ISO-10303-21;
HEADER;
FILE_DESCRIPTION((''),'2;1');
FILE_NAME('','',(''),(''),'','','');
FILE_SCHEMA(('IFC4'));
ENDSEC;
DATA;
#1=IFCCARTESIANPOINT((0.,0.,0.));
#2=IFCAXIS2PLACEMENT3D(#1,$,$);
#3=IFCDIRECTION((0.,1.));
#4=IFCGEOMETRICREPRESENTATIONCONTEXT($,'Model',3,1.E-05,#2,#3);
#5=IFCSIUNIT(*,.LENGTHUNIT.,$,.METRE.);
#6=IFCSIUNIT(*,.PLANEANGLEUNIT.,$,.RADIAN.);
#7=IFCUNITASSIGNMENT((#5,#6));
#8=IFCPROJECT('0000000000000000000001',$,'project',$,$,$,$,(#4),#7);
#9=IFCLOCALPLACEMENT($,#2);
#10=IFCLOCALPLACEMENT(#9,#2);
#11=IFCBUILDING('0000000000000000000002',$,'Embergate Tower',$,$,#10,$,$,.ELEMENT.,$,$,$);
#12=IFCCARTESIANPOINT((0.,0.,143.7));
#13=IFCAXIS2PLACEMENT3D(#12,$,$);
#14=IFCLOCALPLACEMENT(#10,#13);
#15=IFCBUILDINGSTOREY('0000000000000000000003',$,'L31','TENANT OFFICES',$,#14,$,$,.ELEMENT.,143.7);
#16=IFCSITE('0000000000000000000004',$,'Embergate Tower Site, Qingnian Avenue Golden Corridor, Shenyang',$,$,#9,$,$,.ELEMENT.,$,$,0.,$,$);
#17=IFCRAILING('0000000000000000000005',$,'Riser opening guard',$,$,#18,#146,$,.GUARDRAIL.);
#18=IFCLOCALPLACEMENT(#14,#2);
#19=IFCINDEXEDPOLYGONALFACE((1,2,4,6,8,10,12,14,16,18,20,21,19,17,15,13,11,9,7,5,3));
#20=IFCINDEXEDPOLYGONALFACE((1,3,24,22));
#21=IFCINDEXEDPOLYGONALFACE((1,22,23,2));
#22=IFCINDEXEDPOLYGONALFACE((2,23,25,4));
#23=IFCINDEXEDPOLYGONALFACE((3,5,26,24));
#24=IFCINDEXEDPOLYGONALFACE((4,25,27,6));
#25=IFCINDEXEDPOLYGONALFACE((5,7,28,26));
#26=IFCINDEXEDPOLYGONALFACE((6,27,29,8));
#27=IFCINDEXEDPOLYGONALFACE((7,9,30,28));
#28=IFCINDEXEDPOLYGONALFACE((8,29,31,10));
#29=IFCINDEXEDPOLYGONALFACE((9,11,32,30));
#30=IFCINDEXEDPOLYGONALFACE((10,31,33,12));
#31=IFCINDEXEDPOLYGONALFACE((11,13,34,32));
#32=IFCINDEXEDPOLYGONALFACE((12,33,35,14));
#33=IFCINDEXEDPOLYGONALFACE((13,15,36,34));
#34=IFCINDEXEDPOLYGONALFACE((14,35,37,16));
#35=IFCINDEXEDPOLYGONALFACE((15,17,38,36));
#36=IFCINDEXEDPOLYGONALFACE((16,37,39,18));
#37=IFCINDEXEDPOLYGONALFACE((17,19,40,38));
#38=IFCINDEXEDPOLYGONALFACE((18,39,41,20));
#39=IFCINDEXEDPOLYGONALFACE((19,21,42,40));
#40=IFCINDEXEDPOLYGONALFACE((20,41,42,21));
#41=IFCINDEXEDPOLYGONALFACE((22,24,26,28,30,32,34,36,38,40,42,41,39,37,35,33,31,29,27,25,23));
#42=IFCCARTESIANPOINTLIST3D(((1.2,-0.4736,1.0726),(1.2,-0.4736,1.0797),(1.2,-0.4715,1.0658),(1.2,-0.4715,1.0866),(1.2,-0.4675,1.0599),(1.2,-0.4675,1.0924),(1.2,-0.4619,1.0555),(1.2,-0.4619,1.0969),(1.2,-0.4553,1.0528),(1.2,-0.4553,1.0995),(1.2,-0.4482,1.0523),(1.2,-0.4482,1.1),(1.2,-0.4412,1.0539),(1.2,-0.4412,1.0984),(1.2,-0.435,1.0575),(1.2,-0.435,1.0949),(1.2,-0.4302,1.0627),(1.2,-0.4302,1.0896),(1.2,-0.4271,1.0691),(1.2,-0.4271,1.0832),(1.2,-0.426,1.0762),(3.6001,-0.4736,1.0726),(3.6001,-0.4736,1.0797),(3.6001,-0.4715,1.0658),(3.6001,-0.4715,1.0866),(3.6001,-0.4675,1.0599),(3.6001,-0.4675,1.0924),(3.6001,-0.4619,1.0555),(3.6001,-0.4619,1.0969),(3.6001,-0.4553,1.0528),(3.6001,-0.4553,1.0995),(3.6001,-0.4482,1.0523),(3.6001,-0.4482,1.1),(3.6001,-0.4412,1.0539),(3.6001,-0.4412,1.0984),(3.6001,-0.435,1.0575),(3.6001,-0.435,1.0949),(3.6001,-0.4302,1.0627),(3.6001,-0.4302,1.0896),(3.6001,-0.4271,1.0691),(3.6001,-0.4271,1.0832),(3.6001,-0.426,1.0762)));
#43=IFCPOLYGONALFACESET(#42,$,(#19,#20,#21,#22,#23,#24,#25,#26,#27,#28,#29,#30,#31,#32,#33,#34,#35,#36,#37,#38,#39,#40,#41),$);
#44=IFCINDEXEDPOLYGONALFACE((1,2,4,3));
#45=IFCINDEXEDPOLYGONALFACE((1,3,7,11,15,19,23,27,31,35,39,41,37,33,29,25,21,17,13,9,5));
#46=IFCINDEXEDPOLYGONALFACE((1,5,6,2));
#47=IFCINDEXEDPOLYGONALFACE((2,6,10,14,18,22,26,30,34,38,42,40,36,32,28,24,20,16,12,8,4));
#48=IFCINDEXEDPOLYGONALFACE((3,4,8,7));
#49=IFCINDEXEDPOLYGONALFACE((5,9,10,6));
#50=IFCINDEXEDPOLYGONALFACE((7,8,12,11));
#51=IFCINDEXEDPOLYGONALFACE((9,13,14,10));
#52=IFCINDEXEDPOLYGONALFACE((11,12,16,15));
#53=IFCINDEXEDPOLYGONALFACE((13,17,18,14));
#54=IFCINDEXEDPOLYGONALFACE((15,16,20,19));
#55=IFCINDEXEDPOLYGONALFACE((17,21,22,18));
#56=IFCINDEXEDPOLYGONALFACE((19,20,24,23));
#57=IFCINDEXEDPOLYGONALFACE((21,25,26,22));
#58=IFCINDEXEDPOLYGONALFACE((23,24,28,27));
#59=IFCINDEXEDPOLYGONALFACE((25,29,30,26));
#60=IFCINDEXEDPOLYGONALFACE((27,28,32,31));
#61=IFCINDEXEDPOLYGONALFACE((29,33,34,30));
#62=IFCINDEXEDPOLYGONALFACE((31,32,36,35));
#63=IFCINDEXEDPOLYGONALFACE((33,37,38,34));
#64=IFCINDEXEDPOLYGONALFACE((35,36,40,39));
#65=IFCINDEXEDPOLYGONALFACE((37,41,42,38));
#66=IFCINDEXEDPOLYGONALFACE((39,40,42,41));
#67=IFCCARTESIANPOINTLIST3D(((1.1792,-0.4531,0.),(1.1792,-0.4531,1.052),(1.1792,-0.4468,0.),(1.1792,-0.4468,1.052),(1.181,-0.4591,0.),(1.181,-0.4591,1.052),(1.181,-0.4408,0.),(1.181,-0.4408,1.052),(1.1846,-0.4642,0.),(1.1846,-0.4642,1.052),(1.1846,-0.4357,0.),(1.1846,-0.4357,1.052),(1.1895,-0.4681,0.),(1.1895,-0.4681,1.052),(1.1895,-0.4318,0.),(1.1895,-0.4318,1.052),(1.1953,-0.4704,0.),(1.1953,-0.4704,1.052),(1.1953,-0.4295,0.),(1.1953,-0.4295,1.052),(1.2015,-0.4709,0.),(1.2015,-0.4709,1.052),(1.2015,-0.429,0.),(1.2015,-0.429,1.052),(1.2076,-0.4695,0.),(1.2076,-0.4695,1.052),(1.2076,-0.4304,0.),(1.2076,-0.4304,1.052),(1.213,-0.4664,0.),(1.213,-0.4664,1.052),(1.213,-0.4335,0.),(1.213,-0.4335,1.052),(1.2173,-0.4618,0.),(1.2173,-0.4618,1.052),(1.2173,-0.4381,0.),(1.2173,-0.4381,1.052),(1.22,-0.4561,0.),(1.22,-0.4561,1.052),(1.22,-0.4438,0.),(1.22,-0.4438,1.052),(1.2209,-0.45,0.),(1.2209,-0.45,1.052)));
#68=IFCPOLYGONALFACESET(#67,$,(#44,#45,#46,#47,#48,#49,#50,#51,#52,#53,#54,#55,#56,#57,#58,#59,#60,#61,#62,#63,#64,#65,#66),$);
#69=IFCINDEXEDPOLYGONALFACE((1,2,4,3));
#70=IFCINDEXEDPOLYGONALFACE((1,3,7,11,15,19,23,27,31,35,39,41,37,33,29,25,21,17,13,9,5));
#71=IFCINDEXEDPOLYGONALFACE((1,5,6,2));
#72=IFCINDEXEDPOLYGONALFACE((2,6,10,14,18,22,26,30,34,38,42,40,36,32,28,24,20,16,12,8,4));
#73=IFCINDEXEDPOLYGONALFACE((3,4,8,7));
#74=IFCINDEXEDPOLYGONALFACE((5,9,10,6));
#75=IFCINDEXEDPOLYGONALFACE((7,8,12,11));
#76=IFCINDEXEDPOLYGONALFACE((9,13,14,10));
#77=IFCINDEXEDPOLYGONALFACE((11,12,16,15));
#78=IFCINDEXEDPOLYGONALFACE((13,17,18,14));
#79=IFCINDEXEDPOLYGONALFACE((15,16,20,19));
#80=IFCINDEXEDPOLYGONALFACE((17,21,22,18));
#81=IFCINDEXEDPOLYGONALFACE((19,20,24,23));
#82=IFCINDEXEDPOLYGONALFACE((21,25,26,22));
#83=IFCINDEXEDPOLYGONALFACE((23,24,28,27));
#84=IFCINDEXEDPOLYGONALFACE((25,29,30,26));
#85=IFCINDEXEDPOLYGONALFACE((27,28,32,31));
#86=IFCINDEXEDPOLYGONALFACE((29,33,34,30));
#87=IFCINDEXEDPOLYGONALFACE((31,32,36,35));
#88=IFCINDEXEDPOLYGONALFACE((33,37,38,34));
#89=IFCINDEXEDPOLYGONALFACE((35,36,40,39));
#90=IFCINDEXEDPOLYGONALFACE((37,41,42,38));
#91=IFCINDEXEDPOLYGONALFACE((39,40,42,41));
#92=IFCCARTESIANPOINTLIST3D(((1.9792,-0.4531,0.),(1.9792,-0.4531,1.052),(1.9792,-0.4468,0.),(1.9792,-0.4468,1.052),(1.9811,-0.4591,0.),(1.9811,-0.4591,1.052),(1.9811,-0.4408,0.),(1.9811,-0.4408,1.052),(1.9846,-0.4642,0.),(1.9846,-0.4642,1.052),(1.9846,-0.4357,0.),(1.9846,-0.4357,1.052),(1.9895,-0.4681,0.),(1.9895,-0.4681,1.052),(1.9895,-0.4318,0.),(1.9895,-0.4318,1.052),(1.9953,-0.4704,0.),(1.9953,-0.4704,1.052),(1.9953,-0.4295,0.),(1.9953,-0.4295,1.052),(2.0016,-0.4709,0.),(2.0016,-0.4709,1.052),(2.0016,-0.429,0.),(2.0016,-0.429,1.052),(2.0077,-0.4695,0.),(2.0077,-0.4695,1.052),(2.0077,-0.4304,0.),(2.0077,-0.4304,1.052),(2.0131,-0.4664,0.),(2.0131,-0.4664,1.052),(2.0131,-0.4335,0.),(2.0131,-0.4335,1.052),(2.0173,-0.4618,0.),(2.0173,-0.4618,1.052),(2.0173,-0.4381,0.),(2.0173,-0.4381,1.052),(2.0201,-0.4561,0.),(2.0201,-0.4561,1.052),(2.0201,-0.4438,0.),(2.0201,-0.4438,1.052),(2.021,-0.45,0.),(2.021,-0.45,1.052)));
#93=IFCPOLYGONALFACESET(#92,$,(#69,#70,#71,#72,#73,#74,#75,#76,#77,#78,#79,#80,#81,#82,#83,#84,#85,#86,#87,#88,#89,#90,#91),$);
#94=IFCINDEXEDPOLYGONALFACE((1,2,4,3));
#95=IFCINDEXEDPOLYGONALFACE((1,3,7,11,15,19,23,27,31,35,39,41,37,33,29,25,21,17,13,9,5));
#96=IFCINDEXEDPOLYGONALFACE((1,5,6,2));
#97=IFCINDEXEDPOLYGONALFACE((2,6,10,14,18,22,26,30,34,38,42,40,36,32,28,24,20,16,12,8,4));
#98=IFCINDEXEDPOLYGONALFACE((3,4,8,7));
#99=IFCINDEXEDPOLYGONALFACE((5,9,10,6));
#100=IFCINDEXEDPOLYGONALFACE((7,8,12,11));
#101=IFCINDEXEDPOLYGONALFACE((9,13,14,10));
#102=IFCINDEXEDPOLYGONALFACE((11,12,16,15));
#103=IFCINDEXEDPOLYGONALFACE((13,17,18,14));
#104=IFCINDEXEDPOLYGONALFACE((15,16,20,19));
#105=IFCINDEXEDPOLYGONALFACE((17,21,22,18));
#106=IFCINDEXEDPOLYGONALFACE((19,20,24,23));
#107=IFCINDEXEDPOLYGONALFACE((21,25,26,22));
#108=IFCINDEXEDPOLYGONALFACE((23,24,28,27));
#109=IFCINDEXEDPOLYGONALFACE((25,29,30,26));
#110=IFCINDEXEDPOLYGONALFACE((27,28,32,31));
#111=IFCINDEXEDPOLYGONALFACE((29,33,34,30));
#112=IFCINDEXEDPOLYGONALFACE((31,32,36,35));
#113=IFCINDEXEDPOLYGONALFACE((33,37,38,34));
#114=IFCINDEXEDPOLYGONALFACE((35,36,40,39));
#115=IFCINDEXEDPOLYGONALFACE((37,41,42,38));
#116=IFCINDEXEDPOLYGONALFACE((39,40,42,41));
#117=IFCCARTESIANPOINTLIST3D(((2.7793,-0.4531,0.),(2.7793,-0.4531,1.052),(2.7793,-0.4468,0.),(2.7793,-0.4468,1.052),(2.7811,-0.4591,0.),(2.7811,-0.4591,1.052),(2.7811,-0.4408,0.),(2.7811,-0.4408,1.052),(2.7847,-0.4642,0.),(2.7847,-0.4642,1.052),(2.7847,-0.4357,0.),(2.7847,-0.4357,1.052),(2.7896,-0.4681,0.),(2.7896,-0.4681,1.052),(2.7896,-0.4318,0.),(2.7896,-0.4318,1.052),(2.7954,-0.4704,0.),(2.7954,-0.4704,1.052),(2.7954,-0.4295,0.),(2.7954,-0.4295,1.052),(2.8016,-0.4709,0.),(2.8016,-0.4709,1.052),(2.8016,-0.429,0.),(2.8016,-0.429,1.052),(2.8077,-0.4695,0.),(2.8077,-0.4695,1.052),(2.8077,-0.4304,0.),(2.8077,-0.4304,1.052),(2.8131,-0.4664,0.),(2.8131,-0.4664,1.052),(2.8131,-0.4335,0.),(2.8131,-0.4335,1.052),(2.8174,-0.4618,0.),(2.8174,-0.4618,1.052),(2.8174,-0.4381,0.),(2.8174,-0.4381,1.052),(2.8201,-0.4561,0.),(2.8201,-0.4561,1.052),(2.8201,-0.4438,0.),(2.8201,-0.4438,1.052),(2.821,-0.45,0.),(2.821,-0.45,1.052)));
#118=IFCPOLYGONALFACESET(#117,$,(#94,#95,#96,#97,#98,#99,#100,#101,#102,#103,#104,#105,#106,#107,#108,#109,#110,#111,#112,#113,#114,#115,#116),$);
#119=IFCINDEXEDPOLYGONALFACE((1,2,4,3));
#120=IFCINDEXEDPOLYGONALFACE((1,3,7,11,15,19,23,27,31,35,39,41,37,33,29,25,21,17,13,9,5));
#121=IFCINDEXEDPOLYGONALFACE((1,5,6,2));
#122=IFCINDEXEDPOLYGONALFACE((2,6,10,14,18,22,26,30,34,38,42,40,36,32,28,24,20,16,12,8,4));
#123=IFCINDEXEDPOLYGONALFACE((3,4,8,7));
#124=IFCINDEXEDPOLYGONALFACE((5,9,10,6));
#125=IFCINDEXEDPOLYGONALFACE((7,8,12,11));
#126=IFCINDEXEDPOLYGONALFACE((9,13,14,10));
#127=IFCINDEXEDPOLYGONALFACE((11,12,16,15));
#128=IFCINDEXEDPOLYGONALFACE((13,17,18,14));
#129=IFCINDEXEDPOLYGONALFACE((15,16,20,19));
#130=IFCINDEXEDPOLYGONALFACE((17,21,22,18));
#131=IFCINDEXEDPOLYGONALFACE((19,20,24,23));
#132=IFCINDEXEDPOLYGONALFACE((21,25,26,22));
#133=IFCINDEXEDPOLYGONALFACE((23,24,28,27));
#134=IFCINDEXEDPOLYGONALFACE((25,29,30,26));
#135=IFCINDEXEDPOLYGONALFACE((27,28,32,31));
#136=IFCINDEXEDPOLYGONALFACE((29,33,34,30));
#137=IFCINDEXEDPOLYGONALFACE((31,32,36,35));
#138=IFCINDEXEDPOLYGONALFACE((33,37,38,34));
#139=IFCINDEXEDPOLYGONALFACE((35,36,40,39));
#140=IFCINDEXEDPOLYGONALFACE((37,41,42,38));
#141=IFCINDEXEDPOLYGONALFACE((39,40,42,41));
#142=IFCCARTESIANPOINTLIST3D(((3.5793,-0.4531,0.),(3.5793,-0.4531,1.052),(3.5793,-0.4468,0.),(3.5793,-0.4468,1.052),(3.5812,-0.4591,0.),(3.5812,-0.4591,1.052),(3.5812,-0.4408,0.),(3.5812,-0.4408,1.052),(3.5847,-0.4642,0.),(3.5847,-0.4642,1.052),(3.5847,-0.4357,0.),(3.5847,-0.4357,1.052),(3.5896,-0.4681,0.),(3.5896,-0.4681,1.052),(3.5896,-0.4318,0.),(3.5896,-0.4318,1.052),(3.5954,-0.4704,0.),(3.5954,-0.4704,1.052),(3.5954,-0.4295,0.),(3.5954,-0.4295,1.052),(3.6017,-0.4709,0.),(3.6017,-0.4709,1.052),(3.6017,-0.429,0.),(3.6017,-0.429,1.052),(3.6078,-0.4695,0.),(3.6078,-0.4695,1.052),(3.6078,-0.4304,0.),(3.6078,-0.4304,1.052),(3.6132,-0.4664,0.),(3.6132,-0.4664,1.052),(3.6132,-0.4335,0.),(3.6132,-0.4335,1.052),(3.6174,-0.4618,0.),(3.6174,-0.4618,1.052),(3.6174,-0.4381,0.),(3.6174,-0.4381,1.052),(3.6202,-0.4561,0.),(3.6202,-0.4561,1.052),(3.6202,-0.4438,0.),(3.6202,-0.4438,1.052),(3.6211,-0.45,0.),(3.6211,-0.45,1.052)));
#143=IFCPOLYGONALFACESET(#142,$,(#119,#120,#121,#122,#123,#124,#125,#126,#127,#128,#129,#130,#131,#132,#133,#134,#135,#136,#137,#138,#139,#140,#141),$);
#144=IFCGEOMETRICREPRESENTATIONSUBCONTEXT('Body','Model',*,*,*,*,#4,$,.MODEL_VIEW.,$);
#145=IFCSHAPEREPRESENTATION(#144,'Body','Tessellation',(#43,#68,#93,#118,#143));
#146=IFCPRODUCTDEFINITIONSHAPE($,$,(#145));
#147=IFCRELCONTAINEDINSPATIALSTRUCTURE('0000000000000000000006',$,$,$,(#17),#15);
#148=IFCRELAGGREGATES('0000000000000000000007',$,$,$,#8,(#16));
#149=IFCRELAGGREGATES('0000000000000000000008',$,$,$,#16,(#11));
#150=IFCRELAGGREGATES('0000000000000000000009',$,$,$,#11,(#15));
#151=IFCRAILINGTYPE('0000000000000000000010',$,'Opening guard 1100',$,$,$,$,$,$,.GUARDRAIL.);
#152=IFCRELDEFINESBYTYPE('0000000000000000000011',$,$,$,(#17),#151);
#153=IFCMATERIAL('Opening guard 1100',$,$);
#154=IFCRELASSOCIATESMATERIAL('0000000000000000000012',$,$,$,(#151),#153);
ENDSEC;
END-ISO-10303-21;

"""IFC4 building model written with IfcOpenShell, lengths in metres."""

from ifc_helpers import new_model, si_unit, direction, frame, origin, origin_2d, place, context, subcontext, project, spatial, circle, extrude, source, transform, mapped, material, type_object, element, save


model = new_model("IFC4")

# Units and contexts
model_context = context("Model", 3, precision=1e-05, world=origin(), true_north=direction((0.0, 1.0)))
body_context = subcontext(model_context, "Body", "Model", "MODEL_VIEW")
ifc_project = project(units=[si_unit("LENGTHUNIT", "METRE"), si_unit("PLANEANGLEUNIT", "RADIAN")], contexts=[model_context])

# Site, building, storey
site_placement = place(None, origin())
site = spatial("IfcSite", under=ifc_project, at=site_placement, Name="Embergate Tower Site, Qingnian Avenue Golden Corridor, Shenyang", CompositionType="ELEMENT", RefElevation=0.0)
building_placement = place(site_placement, origin())
building = spatial("IfcBuilding", under=site, at=building_placement, Name="Embergate Tower", CompositionType="ELEMENT")
storey_placement = place(building_placement, frame((0.0, 0.0, 143.7)))
storey = spatial("IfcBuildingStorey", under=building, at=storey_placement, Name="L31", Description="TENANT OFFICES", CompositionType="ELEMENT", Elevation=143.7)

# Railing
ifc_material_1 = material(Name="Opening guard 1100")
railing_type_1 = type_object("IfcRailingType", Name="Opening guard 1100", PredefinedType="GUARDRAIL", material=ifc_material_1)
shared_shape_1 = source(origin(), body_context, "Body", "SweptSolid", [
    extrude(circle(Radius=0.0239, at=origin_2d()), frame((0.0, 0.0, 1.0762), z_axis=(1.0, 0.0, 0.0), x_axis=(0.0, 1.0, 0.0)), (0.0, 0.0, 1.0), 2.4001),
    extrude(circle(Radius=0.021, at=origin_2d()), origin(), (0.0, 0.0, 1.0), 1.052),
    extrude(circle(Radius=0.021, at=origin_2d()), frame((0.8, 0.0, 0.0)), (0.0, 0.0, 1.0), 1.052),
    extrude(circle(Radius=0.021, at=origin_2d()), frame((1.6001, 0.0, 0.0)), (0.0, 0.0, 1.0), 1.052),
    extrude(circle(Radius=0.021, at=origin_2d()), frame((2.4001, 0.0, 0.0)), (0.0, 0.0, 1.0), 1.052),
])
railing_1_placement = place(storey_placement, frame((1.2, -0.45, 0.0)))
element("IfcRailing", 1, at=railing_1_placement, inside=storey, type_object=railing_type_1, Name="Riser opening guard", PredefinedType="GUARDRAIL", context=body_context, shape_type="MappedRepresentation", body=[
    mapped(shared_shape_1, transform((0.0, 0.0, 0.0))),
])

save(model, "model.ifc")
